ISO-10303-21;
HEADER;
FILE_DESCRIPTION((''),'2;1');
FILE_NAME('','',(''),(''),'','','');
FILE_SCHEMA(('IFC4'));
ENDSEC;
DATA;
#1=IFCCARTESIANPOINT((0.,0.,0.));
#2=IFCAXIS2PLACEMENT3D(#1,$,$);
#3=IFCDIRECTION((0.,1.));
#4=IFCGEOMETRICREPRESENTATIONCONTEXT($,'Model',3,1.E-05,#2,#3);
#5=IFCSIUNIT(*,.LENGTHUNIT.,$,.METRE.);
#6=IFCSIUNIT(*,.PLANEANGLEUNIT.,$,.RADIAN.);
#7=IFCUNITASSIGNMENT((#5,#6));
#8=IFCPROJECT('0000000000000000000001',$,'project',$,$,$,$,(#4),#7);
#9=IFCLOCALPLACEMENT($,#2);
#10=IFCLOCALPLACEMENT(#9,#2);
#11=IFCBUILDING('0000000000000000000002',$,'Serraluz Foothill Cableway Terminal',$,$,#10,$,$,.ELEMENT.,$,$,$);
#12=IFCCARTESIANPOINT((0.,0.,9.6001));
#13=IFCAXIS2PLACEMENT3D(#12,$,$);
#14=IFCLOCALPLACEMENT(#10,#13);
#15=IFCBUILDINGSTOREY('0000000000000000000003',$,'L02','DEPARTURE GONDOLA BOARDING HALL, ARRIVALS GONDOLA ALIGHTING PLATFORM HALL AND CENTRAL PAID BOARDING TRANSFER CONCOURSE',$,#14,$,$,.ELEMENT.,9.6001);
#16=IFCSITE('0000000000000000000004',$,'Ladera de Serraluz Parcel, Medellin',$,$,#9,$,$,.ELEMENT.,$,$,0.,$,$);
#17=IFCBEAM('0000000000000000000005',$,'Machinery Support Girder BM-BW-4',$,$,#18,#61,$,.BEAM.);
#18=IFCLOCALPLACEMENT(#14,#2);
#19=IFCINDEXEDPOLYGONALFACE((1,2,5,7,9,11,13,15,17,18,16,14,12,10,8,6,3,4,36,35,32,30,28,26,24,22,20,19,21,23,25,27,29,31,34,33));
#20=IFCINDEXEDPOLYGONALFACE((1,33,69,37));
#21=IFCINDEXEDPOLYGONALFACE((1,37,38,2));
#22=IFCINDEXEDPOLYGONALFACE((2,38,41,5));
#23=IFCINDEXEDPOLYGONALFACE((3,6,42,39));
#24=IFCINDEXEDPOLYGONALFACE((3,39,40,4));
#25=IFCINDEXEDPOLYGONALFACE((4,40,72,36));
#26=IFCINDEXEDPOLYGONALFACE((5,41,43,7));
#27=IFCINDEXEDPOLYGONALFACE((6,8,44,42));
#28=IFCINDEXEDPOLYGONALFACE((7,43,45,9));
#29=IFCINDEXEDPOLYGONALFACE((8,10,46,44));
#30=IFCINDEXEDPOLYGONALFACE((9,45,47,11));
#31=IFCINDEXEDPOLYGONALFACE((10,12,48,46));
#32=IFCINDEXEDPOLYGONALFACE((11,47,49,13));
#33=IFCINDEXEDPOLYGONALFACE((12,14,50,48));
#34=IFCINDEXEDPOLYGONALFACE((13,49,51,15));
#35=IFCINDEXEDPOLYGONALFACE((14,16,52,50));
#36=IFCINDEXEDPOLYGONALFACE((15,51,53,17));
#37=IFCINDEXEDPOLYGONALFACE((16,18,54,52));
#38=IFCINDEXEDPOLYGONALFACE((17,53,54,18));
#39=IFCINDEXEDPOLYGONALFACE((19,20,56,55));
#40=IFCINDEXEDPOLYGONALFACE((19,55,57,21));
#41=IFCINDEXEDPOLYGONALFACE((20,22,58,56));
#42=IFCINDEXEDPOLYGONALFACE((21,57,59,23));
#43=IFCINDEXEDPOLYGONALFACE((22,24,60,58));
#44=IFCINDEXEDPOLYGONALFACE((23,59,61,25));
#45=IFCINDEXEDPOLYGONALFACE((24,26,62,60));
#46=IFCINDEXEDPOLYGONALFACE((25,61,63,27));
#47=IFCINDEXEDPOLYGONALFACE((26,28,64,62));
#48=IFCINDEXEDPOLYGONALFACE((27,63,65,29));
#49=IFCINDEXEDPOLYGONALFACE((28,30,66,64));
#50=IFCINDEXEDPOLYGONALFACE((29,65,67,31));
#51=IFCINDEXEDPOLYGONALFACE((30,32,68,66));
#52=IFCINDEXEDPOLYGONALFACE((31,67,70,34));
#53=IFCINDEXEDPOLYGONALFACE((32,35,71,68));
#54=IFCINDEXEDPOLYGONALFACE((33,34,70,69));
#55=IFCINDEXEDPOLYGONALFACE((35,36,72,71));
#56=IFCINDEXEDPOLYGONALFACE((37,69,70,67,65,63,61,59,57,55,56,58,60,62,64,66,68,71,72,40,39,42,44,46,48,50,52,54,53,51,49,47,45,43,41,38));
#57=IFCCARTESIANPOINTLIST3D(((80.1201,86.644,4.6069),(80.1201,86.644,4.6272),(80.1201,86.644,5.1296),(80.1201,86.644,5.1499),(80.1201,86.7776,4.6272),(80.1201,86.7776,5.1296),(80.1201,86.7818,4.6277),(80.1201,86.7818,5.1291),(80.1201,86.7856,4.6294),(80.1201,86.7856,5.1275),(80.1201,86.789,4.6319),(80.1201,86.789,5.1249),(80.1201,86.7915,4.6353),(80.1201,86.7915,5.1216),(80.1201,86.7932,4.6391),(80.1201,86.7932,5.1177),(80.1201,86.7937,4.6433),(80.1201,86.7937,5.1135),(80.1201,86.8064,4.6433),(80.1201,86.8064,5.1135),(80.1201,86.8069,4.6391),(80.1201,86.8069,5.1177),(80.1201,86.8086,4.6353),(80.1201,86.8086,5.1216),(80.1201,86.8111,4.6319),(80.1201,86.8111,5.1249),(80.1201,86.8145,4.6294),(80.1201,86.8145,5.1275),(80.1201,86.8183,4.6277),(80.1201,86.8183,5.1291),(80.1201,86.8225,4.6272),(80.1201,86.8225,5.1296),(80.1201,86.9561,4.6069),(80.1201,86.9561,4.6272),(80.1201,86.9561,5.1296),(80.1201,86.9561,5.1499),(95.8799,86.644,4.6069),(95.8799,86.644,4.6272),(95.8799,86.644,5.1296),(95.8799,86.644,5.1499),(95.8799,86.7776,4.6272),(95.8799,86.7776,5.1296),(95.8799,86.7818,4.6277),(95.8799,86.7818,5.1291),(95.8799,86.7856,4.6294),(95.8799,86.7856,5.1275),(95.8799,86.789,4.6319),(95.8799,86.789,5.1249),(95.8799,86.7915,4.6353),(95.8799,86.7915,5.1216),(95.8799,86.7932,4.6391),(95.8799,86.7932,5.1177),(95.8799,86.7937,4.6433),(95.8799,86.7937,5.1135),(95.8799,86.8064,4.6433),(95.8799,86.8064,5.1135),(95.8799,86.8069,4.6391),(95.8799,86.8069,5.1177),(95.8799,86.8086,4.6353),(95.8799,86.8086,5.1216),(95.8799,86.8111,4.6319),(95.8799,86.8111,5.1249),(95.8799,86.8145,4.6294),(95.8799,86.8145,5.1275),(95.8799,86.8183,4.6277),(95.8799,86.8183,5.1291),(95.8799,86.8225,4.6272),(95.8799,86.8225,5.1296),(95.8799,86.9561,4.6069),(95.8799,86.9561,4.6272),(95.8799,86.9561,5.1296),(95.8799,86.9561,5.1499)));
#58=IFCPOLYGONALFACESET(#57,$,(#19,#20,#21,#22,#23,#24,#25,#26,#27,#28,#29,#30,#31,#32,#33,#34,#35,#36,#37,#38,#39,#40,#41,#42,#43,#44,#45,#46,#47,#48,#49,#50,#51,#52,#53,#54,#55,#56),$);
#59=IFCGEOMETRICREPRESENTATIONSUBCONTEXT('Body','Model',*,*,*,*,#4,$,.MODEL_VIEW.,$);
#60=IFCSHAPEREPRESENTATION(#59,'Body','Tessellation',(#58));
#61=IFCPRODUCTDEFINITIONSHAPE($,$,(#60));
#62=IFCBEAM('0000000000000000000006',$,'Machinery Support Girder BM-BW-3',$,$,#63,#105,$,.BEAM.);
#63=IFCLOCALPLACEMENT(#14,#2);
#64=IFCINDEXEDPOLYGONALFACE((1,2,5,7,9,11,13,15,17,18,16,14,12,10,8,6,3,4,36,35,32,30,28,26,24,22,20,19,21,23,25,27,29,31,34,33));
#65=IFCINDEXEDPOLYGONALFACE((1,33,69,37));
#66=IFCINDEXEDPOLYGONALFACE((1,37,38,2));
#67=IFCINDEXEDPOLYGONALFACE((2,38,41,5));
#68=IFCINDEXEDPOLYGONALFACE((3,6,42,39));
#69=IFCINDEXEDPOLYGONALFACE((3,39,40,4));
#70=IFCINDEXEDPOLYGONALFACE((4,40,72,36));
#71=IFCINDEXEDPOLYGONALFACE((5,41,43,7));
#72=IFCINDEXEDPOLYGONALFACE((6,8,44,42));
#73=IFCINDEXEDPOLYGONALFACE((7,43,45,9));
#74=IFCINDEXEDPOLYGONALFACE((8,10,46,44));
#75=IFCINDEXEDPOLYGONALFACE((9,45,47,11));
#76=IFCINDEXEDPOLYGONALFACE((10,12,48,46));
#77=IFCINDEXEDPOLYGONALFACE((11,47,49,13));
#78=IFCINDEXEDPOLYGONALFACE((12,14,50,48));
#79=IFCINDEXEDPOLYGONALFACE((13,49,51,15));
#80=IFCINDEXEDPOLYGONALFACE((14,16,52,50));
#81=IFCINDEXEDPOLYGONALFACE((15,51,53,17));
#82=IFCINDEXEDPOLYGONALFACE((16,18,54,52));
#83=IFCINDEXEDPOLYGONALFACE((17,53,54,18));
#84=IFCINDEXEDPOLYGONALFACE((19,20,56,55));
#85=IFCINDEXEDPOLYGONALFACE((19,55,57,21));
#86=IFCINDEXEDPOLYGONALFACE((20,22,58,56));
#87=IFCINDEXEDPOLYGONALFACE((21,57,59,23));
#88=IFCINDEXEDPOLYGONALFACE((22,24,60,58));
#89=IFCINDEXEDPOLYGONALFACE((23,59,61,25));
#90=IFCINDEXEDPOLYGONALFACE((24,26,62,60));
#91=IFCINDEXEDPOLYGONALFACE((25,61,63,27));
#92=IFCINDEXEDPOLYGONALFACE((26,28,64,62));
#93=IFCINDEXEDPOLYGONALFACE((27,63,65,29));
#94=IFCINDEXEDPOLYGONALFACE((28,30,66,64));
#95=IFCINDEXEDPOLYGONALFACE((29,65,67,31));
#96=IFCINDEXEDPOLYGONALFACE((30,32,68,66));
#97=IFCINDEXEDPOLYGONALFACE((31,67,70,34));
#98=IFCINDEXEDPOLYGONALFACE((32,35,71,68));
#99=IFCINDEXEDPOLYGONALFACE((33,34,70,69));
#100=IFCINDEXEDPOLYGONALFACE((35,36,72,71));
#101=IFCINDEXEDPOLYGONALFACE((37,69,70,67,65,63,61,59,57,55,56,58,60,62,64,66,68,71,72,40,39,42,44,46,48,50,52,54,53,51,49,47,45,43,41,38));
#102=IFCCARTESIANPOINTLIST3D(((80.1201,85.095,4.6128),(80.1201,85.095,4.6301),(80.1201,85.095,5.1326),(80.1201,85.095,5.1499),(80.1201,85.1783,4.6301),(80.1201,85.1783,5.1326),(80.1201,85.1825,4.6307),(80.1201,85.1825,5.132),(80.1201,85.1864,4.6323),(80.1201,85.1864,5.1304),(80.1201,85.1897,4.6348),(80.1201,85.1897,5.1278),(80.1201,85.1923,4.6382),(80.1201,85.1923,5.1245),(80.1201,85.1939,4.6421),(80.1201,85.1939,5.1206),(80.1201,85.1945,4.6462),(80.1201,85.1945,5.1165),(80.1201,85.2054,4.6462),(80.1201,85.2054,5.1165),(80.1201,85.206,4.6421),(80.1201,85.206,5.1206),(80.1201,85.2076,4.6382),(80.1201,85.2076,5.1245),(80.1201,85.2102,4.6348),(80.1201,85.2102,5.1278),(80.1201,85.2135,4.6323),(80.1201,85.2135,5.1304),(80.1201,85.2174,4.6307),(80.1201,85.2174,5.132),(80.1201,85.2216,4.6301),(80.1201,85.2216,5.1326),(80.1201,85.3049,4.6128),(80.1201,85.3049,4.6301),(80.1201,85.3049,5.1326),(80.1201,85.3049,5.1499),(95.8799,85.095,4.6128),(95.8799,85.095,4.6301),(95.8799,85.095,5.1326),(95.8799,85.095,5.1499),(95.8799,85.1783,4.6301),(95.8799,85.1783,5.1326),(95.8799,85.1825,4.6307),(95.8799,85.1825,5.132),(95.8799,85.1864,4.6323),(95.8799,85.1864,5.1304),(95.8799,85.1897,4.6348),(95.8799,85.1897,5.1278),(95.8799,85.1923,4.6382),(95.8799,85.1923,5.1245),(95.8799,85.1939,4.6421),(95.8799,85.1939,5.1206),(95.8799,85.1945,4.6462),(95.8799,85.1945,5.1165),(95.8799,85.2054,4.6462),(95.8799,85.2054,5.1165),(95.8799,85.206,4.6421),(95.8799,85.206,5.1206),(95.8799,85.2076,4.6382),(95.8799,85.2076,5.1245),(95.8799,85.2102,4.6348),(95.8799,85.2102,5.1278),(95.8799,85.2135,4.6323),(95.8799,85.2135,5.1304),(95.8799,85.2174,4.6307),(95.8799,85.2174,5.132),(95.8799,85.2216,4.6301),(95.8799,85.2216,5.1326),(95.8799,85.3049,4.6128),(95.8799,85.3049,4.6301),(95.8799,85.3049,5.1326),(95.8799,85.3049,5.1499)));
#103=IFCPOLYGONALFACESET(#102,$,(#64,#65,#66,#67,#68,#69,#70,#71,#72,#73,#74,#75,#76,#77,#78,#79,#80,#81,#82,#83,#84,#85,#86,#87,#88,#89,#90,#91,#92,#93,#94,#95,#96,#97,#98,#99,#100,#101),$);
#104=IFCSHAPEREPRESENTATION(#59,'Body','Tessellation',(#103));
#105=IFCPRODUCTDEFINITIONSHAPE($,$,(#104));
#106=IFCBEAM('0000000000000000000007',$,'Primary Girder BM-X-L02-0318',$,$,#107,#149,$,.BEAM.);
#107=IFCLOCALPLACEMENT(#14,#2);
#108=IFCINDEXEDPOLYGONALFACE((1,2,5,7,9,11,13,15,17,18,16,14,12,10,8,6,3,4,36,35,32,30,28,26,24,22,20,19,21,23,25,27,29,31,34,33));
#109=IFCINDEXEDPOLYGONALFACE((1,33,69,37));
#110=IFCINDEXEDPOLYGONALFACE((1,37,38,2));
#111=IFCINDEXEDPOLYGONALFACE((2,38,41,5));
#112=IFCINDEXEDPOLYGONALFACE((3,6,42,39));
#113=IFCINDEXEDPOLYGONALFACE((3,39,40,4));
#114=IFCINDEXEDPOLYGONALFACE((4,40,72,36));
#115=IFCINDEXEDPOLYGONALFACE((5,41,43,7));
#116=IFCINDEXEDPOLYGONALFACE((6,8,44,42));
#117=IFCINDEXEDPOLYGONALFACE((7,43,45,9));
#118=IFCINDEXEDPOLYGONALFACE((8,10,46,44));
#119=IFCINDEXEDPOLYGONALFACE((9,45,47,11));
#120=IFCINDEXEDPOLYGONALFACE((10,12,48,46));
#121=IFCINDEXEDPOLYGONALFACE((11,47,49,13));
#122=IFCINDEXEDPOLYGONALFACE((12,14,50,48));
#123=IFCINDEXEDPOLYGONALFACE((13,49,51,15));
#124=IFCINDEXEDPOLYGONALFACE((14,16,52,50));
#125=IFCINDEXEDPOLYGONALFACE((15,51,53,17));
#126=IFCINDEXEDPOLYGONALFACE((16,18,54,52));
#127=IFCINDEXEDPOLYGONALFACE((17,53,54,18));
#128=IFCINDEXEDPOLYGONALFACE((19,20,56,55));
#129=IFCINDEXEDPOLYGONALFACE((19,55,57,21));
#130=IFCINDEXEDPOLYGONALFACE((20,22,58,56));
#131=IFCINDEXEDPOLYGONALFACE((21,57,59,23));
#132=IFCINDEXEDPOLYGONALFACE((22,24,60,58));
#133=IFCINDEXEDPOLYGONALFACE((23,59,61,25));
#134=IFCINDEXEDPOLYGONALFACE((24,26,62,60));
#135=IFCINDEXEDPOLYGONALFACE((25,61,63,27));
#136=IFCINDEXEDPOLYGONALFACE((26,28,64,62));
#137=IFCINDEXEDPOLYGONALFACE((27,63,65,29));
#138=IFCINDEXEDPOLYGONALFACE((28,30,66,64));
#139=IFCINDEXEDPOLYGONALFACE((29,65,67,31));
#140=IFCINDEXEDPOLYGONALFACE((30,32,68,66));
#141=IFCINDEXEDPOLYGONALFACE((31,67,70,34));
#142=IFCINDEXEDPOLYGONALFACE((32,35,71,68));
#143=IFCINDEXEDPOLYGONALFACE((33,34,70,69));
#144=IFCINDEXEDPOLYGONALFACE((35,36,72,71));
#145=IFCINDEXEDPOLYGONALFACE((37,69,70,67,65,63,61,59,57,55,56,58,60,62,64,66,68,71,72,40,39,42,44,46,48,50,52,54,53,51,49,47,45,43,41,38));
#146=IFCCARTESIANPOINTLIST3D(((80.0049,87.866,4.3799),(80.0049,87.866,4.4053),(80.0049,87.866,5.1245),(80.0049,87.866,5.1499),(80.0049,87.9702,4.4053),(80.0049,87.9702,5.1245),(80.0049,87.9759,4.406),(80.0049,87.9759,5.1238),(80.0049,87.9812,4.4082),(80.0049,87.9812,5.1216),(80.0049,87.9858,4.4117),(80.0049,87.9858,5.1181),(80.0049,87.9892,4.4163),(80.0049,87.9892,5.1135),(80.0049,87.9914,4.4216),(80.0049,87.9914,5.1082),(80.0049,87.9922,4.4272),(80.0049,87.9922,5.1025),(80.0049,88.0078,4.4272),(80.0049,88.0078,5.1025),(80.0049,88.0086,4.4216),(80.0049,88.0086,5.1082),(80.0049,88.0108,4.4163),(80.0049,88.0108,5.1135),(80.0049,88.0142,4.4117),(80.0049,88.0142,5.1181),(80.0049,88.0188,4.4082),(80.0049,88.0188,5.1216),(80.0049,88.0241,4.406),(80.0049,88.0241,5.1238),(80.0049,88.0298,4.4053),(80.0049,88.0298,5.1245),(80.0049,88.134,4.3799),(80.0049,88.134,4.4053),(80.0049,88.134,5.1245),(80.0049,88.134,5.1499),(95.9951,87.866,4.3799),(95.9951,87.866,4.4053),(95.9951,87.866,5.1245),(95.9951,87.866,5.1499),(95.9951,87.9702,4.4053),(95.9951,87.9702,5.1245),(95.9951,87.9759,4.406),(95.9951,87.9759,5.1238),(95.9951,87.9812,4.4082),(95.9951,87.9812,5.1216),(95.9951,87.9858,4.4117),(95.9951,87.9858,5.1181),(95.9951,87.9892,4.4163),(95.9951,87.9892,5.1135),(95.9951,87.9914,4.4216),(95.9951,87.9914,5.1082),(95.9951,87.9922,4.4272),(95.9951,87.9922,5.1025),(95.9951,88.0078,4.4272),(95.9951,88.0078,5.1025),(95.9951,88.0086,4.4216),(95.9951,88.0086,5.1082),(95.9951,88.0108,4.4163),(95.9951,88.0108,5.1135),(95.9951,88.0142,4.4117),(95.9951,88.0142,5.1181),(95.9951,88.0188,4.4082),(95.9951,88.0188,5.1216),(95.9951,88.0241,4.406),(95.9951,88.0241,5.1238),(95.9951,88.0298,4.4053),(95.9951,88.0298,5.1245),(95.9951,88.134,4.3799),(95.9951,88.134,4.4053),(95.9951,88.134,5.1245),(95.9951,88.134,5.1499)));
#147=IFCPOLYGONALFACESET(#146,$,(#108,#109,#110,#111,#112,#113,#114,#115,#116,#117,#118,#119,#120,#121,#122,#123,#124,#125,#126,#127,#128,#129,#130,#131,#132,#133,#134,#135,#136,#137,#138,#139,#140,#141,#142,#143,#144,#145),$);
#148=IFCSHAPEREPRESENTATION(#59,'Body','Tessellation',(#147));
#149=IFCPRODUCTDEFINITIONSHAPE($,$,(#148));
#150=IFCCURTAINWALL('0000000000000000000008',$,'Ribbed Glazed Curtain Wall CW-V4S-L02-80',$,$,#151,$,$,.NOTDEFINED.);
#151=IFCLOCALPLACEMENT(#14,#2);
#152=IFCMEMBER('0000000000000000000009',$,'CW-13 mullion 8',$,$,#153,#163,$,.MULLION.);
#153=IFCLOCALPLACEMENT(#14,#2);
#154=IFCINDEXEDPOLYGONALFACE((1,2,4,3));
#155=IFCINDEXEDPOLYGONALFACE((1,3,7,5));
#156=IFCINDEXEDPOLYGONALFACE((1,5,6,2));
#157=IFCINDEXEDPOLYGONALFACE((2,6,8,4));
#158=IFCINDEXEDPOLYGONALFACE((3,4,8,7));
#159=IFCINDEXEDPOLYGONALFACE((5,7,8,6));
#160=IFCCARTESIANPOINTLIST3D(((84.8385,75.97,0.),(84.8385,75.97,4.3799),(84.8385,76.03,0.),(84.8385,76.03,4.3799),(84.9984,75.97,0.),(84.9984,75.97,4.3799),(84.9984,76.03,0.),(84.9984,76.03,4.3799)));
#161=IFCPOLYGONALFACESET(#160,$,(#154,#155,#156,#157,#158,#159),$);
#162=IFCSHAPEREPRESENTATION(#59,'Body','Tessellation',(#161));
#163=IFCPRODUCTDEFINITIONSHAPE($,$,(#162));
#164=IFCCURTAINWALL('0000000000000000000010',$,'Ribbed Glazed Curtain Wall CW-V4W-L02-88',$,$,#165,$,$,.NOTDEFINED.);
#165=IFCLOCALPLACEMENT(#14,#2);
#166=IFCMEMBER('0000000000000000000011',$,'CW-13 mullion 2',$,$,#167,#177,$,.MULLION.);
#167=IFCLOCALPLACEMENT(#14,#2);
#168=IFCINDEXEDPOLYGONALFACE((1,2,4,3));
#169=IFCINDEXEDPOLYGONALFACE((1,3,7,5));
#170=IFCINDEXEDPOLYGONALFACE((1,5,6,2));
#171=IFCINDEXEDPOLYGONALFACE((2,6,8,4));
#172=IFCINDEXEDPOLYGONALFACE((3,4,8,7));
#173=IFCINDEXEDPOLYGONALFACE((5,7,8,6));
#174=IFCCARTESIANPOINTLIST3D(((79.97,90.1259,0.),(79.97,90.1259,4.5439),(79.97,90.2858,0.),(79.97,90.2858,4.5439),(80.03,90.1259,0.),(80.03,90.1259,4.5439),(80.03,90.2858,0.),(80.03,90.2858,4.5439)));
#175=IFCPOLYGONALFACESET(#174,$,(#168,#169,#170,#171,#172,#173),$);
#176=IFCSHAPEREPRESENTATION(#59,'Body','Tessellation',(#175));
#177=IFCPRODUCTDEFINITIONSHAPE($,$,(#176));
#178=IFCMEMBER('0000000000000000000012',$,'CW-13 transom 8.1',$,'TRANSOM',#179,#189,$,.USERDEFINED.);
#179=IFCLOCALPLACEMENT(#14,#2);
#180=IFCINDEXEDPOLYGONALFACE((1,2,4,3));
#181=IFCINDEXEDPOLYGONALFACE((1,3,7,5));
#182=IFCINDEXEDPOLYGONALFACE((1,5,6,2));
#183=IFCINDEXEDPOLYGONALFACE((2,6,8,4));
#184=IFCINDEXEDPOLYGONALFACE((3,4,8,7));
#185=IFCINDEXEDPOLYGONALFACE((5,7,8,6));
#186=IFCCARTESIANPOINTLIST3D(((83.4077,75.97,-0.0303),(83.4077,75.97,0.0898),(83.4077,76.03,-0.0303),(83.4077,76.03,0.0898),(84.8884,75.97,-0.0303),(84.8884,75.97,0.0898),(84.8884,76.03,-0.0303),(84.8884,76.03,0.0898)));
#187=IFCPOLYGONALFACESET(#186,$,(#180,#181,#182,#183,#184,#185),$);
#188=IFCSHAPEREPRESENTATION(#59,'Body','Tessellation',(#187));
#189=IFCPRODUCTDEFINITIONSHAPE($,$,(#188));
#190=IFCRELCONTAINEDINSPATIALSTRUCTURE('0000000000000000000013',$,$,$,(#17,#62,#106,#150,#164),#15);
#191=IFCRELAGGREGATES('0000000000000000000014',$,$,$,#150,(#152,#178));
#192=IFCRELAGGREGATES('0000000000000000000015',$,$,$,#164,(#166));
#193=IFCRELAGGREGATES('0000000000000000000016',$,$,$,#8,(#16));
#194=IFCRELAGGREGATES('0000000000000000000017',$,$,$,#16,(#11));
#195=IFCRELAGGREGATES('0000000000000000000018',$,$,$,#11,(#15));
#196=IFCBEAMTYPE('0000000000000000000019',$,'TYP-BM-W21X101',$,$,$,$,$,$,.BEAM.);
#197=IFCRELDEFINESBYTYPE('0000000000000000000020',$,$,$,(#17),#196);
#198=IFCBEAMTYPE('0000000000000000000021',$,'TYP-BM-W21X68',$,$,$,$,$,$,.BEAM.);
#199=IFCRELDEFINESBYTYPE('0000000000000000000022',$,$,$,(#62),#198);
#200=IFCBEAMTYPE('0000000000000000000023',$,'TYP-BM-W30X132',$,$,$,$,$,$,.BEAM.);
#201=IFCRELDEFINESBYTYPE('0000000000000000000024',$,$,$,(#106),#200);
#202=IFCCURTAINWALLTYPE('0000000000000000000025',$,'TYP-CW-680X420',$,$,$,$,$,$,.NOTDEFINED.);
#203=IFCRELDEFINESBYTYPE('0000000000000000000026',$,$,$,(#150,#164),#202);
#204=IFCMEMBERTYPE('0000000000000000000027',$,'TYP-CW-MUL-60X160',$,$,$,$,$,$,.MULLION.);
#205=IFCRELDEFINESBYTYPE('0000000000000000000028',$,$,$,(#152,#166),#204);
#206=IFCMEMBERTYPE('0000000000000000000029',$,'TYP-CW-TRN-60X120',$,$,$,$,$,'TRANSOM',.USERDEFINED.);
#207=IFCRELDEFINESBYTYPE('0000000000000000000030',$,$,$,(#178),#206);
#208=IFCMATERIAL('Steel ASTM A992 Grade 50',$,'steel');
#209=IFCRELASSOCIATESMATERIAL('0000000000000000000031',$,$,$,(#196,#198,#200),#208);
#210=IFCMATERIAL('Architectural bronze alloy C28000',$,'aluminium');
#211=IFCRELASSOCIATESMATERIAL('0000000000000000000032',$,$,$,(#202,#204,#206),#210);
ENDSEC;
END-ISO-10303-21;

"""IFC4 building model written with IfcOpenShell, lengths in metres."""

from ifc_helpers import new_model, si_unit, direction, frame, origin, origin_2d, place, context, subcontext, project, spatial, rectangle, i_section, extrude, material, material_profile, profile_set, type_object, element, aggregate, save


model = new_model("IFC4")

# Units and contexts
model_context = context("Model", 3, precision=1e-05, world=origin(), true_north=direction((0.0, 1.0)))
body_context = subcontext(model_context, "Body", "Model", "MODEL_VIEW")
ifc_project = project(units=[si_unit("LENGTHUNIT", "METRE"), si_unit("PLANEANGLEUNIT", "RADIAN")], contexts=[model_context])

# Site, building, storey
site_placement = place(None, origin())
site = spatial("IfcSite", under=ifc_project, at=site_placement, Name="Ladera de Serraluz Parcel, Medellin", CompositionType="ELEMENT", RefElevation=0.0)
building_placement = place(site_placement, origin())
building = spatial("IfcBuilding", under=site, at=building_placement, Name="Serraluz Foothill Cableway Terminal", CompositionType="ELEMENT")
storey_placement = place(building_placement, frame((0.0, 0.0, 9.6001)))
storey = spatial("IfcBuildingStorey", under=building, at=storey_placement, Name="L02", Description="DEPARTURE GONDOLA BOARDING HALL, ARRIVALS GONDOLA ALIGHTING PLATFORM HALL AND CENTRAL PAID BOARDING TRANSFER CONCOURSE", CompositionType="ELEMENT", Elevation=9.6001)

# Beams
ifc_material_1 = material(Name="Steel ASTM A992 Grade 50", Category="steel")
ifc_material_profile_1 = material_profile(ifc_material_1, i_section(OverallWidth=0.312, OverallDepth=0.543, WebThickness=0.0127, FlangeThickness=0.0203, FilletRadius=0.0161, at=origin_2d()), Name="W21X101")
ifc_profile_set_1 = profile_set([ifc_material_profile_1], Name="Steel ASTM A992 Grade 50")
beam_type_1 = type_object("IfcBeamType", Name="TYP-BM-W21X101", PredefinedType="BEAM", material=ifc_profile_set_1)
beam_1_placement = place(storey_placement, frame((80.1201, 86.8, 4.8784), z_axis=(1.0, 0.0, 0.0), x_axis=(0.0, 1.0, 0.0)))
element("IfcBeam", 1, at=beam_1_placement, inside=storey, type_object=beam_type_1, Name="Machinery Support Girder BM-BW-4", PredefinedType="BEAM", context=body_context, shape_type="SweptSolid", body=[
    extrude(i_section(OverallWidth=0.312, OverallDepth=0.543, WebThickness=0.0127, FlangeThickness=0.0203, FilletRadius=0.0161, at=origin_2d()), origin(), (0.0, 0.0, 1.0), 15.7598),
])
ifc_material_profile_2 = material_profile(ifc_material_1, i_section(OverallWidth=0.21, OverallDepth=0.5371, WebThickness=0.011, FlangeThickness=0.0173, FilletRadius=0.0161, at=origin_2d()), Name="W21X68")
ifc_profile_set_2 = profile_set([ifc_material_profile_2], Name="Steel ASTM A992 Grade 50")
beam_type_2 = type_object("IfcBeamType", Name="TYP-BM-W21X68", PredefinedType="BEAM", material=ifc_profile_set_2)
beam_2_placement = place(storey_placement, frame((80.1201, 85.2, 4.8813), z_axis=(1.0, 0.0, 0.0), x_axis=(0.0, 1.0, 0.0)))
element("IfcBeam", 2, at=beam_2_placement, inside=storey, type_object=beam_type_2, Name="Machinery Support Girder BM-BW-3", PredefinedType="BEAM", context=body_context, shape_type="SweptSolid", body=[
    extrude(i_section(OverallWidth=0.21, OverallDepth=0.5371, WebThickness=0.011, FlangeThickness=0.0173, FilletRadius=0.0161, at=origin_2d()), origin(), (0.0, 0.0, 1.0), 15.7598),
])
ifc_material_profile_3 = material_profile(ifc_material_1, i_section(OverallWidth=0.2681, OverallDepth=0.77, WebThickness=0.0156, FlangeThickness=0.0254, FilletRadius=0.022, at=origin_2d()), Name="W30X132")
ifc_profile_set_3 = profile_set([ifc_material_profile_3], Name="Steel ASTM A992 Grade 50")
beam_type_3 = type_object("IfcBeamType", Name="TYP-BM-W30X132", PredefinedType="BEAM", material=ifc_profile_set_3)
beam_3_placement = place(storey_placement, frame((80.0049, 88.0, 4.7649), z_axis=(1.0, 0.0, 0.0), x_axis=(0.0, 1.0, 0.0)))
element("IfcBeam", 3, at=beam_3_placement, inside=storey, type_object=beam_type_3, Name="Primary Girder BM-X-L02-0318", PredefinedType="BEAM", context=body_context, shape_type="SweptSolid", body=[
    extrude(i_section(OverallWidth=0.2681, OverallDepth=0.77, WebThickness=0.0156, FlangeThickness=0.0254, FilletRadius=0.022, at=origin_2d()), origin(), (0.0, 0.0, 1.0), 15.9902),
])

# Curtain walls, members
ifc_material_2 = material(Name="Architectural bronze alloy C28000", Category="aluminium")
curtain_wall_type = type_object("IfcCurtainWallType", Name="TYP-CW-680X420", PredefinedType="NOTDEFINED", material=ifc_material_2)
curtain_wall_1_placement = place(storey_placement, origin())
curtain_wall_1 = element("IfcCurtainWall", 4, at=curtain_wall_1_placement, inside=storey, type_object=curtain_wall_type, Name="Ribbed Glazed Curtain Wall CW-V4S-L02-80", PredefinedType="NOTDEFINED")
ifc_material_profile_4 = material_profile(ifc_material_2, rectangle(XDim=0.0601, YDim=0.1599, at=origin_2d()), Name="ALU MULLION 60x160")
ifc_profile_set_4 = profile_set([ifc_material_profile_4], Name="Architectural bronze alloy C28000")
member_type_1 = type_object("IfcMemberType", Name="TYP-CW-MUL-60X160", PredefinedType="MULLION", material=ifc_profile_set_4)
member_1_placement = place(storey_placement, frame((84.9185, 76.0, 0.0), z_axis=(0.0, 0.0, 1.0), x_axis=(0.0, -1.0, 0.0)))
member_1 = element("IfcMember", 5, at=member_1_placement, type_object=member_type_1, Name="CW-13 mullion 8", PredefinedType="MULLION", context=body_context, shape_type="SweptSolid", body=[
    extrude(rectangle(XDim=0.0601, YDim=0.1599, at=origin_2d()), origin(), (0.0, 0.0, 1.0), 4.3799),
])
curtain_wall_2_placement = place(storey_placement, origin())
curtain_wall_2 = element("IfcCurtainWall", 6, at=curtain_wall_2_placement, inside=storey, type_object=curtain_wall_type, Name="Ribbed Glazed Curtain Wall CW-V4W-L02-88", PredefinedType="NOTDEFINED")
member_2_placement = place(storey_placement, frame((80.0, 90.2058, 0.0), z_axis=(0.0, 0.0, 1.0), x_axis=(-1.0, 0.0, 0.0)))
member_2 = element("IfcMember", 7, at=member_2_placement, type_object=member_type_1, Name="CW-13 mullion 2", PredefinedType="MULLION", context=body_context, shape_type="SweptSolid", body=[
    extrude(rectangle(XDim=0.0601, YDim=0.1599, at=origin_2d()), origin(), (0.0, 0.0, 1.0), 4.5439),
])

# Member
ifc_material_profile_5 = material_profile(ifc_material_2, rectangle(XDim=0.0601, YDim=0.1201, at=origin_2d()), Name="ALU TRANSOM 60x120")
ifc_profile_set_5 = profile_set([ifc_material_profile_5], Name="Architectural bronze alloy C28000")
member_type_2 = type_object("IfcMemberType", Name="TYP-CW-TRN-60X120", ElementType="TRANSOM", PredefinedType="USERDEFINED", material=ifc_profile_set_5)
member_3_placement = place(storey_placement, frame((84.8884, 76.0, 0.0298), z_axis=(-1.0, 0.0, 0.0), x_axis=(0.0, -1.0, 0.0)))
member_3 = element("IfcMember", 8, at=member_3_placement, type_object=member_type_2, Name="CW-13 transom 8.1", ObjectType="TRANSOM", PredefinedType="USERDEFINED", context=body_context, shape_type="SweptSolid", body=[
    extrude(rectangle(XDim=0.0601, YDim=0.1201, at=origin_2d()), origin(), (0.0, 0.0, 1.0), 1.4807),
])

aggregate(curtain_wall_1, [member_1, member_3])
aggregate(curtain_wall_2, [member_2])

save(model, "model.ifc")
